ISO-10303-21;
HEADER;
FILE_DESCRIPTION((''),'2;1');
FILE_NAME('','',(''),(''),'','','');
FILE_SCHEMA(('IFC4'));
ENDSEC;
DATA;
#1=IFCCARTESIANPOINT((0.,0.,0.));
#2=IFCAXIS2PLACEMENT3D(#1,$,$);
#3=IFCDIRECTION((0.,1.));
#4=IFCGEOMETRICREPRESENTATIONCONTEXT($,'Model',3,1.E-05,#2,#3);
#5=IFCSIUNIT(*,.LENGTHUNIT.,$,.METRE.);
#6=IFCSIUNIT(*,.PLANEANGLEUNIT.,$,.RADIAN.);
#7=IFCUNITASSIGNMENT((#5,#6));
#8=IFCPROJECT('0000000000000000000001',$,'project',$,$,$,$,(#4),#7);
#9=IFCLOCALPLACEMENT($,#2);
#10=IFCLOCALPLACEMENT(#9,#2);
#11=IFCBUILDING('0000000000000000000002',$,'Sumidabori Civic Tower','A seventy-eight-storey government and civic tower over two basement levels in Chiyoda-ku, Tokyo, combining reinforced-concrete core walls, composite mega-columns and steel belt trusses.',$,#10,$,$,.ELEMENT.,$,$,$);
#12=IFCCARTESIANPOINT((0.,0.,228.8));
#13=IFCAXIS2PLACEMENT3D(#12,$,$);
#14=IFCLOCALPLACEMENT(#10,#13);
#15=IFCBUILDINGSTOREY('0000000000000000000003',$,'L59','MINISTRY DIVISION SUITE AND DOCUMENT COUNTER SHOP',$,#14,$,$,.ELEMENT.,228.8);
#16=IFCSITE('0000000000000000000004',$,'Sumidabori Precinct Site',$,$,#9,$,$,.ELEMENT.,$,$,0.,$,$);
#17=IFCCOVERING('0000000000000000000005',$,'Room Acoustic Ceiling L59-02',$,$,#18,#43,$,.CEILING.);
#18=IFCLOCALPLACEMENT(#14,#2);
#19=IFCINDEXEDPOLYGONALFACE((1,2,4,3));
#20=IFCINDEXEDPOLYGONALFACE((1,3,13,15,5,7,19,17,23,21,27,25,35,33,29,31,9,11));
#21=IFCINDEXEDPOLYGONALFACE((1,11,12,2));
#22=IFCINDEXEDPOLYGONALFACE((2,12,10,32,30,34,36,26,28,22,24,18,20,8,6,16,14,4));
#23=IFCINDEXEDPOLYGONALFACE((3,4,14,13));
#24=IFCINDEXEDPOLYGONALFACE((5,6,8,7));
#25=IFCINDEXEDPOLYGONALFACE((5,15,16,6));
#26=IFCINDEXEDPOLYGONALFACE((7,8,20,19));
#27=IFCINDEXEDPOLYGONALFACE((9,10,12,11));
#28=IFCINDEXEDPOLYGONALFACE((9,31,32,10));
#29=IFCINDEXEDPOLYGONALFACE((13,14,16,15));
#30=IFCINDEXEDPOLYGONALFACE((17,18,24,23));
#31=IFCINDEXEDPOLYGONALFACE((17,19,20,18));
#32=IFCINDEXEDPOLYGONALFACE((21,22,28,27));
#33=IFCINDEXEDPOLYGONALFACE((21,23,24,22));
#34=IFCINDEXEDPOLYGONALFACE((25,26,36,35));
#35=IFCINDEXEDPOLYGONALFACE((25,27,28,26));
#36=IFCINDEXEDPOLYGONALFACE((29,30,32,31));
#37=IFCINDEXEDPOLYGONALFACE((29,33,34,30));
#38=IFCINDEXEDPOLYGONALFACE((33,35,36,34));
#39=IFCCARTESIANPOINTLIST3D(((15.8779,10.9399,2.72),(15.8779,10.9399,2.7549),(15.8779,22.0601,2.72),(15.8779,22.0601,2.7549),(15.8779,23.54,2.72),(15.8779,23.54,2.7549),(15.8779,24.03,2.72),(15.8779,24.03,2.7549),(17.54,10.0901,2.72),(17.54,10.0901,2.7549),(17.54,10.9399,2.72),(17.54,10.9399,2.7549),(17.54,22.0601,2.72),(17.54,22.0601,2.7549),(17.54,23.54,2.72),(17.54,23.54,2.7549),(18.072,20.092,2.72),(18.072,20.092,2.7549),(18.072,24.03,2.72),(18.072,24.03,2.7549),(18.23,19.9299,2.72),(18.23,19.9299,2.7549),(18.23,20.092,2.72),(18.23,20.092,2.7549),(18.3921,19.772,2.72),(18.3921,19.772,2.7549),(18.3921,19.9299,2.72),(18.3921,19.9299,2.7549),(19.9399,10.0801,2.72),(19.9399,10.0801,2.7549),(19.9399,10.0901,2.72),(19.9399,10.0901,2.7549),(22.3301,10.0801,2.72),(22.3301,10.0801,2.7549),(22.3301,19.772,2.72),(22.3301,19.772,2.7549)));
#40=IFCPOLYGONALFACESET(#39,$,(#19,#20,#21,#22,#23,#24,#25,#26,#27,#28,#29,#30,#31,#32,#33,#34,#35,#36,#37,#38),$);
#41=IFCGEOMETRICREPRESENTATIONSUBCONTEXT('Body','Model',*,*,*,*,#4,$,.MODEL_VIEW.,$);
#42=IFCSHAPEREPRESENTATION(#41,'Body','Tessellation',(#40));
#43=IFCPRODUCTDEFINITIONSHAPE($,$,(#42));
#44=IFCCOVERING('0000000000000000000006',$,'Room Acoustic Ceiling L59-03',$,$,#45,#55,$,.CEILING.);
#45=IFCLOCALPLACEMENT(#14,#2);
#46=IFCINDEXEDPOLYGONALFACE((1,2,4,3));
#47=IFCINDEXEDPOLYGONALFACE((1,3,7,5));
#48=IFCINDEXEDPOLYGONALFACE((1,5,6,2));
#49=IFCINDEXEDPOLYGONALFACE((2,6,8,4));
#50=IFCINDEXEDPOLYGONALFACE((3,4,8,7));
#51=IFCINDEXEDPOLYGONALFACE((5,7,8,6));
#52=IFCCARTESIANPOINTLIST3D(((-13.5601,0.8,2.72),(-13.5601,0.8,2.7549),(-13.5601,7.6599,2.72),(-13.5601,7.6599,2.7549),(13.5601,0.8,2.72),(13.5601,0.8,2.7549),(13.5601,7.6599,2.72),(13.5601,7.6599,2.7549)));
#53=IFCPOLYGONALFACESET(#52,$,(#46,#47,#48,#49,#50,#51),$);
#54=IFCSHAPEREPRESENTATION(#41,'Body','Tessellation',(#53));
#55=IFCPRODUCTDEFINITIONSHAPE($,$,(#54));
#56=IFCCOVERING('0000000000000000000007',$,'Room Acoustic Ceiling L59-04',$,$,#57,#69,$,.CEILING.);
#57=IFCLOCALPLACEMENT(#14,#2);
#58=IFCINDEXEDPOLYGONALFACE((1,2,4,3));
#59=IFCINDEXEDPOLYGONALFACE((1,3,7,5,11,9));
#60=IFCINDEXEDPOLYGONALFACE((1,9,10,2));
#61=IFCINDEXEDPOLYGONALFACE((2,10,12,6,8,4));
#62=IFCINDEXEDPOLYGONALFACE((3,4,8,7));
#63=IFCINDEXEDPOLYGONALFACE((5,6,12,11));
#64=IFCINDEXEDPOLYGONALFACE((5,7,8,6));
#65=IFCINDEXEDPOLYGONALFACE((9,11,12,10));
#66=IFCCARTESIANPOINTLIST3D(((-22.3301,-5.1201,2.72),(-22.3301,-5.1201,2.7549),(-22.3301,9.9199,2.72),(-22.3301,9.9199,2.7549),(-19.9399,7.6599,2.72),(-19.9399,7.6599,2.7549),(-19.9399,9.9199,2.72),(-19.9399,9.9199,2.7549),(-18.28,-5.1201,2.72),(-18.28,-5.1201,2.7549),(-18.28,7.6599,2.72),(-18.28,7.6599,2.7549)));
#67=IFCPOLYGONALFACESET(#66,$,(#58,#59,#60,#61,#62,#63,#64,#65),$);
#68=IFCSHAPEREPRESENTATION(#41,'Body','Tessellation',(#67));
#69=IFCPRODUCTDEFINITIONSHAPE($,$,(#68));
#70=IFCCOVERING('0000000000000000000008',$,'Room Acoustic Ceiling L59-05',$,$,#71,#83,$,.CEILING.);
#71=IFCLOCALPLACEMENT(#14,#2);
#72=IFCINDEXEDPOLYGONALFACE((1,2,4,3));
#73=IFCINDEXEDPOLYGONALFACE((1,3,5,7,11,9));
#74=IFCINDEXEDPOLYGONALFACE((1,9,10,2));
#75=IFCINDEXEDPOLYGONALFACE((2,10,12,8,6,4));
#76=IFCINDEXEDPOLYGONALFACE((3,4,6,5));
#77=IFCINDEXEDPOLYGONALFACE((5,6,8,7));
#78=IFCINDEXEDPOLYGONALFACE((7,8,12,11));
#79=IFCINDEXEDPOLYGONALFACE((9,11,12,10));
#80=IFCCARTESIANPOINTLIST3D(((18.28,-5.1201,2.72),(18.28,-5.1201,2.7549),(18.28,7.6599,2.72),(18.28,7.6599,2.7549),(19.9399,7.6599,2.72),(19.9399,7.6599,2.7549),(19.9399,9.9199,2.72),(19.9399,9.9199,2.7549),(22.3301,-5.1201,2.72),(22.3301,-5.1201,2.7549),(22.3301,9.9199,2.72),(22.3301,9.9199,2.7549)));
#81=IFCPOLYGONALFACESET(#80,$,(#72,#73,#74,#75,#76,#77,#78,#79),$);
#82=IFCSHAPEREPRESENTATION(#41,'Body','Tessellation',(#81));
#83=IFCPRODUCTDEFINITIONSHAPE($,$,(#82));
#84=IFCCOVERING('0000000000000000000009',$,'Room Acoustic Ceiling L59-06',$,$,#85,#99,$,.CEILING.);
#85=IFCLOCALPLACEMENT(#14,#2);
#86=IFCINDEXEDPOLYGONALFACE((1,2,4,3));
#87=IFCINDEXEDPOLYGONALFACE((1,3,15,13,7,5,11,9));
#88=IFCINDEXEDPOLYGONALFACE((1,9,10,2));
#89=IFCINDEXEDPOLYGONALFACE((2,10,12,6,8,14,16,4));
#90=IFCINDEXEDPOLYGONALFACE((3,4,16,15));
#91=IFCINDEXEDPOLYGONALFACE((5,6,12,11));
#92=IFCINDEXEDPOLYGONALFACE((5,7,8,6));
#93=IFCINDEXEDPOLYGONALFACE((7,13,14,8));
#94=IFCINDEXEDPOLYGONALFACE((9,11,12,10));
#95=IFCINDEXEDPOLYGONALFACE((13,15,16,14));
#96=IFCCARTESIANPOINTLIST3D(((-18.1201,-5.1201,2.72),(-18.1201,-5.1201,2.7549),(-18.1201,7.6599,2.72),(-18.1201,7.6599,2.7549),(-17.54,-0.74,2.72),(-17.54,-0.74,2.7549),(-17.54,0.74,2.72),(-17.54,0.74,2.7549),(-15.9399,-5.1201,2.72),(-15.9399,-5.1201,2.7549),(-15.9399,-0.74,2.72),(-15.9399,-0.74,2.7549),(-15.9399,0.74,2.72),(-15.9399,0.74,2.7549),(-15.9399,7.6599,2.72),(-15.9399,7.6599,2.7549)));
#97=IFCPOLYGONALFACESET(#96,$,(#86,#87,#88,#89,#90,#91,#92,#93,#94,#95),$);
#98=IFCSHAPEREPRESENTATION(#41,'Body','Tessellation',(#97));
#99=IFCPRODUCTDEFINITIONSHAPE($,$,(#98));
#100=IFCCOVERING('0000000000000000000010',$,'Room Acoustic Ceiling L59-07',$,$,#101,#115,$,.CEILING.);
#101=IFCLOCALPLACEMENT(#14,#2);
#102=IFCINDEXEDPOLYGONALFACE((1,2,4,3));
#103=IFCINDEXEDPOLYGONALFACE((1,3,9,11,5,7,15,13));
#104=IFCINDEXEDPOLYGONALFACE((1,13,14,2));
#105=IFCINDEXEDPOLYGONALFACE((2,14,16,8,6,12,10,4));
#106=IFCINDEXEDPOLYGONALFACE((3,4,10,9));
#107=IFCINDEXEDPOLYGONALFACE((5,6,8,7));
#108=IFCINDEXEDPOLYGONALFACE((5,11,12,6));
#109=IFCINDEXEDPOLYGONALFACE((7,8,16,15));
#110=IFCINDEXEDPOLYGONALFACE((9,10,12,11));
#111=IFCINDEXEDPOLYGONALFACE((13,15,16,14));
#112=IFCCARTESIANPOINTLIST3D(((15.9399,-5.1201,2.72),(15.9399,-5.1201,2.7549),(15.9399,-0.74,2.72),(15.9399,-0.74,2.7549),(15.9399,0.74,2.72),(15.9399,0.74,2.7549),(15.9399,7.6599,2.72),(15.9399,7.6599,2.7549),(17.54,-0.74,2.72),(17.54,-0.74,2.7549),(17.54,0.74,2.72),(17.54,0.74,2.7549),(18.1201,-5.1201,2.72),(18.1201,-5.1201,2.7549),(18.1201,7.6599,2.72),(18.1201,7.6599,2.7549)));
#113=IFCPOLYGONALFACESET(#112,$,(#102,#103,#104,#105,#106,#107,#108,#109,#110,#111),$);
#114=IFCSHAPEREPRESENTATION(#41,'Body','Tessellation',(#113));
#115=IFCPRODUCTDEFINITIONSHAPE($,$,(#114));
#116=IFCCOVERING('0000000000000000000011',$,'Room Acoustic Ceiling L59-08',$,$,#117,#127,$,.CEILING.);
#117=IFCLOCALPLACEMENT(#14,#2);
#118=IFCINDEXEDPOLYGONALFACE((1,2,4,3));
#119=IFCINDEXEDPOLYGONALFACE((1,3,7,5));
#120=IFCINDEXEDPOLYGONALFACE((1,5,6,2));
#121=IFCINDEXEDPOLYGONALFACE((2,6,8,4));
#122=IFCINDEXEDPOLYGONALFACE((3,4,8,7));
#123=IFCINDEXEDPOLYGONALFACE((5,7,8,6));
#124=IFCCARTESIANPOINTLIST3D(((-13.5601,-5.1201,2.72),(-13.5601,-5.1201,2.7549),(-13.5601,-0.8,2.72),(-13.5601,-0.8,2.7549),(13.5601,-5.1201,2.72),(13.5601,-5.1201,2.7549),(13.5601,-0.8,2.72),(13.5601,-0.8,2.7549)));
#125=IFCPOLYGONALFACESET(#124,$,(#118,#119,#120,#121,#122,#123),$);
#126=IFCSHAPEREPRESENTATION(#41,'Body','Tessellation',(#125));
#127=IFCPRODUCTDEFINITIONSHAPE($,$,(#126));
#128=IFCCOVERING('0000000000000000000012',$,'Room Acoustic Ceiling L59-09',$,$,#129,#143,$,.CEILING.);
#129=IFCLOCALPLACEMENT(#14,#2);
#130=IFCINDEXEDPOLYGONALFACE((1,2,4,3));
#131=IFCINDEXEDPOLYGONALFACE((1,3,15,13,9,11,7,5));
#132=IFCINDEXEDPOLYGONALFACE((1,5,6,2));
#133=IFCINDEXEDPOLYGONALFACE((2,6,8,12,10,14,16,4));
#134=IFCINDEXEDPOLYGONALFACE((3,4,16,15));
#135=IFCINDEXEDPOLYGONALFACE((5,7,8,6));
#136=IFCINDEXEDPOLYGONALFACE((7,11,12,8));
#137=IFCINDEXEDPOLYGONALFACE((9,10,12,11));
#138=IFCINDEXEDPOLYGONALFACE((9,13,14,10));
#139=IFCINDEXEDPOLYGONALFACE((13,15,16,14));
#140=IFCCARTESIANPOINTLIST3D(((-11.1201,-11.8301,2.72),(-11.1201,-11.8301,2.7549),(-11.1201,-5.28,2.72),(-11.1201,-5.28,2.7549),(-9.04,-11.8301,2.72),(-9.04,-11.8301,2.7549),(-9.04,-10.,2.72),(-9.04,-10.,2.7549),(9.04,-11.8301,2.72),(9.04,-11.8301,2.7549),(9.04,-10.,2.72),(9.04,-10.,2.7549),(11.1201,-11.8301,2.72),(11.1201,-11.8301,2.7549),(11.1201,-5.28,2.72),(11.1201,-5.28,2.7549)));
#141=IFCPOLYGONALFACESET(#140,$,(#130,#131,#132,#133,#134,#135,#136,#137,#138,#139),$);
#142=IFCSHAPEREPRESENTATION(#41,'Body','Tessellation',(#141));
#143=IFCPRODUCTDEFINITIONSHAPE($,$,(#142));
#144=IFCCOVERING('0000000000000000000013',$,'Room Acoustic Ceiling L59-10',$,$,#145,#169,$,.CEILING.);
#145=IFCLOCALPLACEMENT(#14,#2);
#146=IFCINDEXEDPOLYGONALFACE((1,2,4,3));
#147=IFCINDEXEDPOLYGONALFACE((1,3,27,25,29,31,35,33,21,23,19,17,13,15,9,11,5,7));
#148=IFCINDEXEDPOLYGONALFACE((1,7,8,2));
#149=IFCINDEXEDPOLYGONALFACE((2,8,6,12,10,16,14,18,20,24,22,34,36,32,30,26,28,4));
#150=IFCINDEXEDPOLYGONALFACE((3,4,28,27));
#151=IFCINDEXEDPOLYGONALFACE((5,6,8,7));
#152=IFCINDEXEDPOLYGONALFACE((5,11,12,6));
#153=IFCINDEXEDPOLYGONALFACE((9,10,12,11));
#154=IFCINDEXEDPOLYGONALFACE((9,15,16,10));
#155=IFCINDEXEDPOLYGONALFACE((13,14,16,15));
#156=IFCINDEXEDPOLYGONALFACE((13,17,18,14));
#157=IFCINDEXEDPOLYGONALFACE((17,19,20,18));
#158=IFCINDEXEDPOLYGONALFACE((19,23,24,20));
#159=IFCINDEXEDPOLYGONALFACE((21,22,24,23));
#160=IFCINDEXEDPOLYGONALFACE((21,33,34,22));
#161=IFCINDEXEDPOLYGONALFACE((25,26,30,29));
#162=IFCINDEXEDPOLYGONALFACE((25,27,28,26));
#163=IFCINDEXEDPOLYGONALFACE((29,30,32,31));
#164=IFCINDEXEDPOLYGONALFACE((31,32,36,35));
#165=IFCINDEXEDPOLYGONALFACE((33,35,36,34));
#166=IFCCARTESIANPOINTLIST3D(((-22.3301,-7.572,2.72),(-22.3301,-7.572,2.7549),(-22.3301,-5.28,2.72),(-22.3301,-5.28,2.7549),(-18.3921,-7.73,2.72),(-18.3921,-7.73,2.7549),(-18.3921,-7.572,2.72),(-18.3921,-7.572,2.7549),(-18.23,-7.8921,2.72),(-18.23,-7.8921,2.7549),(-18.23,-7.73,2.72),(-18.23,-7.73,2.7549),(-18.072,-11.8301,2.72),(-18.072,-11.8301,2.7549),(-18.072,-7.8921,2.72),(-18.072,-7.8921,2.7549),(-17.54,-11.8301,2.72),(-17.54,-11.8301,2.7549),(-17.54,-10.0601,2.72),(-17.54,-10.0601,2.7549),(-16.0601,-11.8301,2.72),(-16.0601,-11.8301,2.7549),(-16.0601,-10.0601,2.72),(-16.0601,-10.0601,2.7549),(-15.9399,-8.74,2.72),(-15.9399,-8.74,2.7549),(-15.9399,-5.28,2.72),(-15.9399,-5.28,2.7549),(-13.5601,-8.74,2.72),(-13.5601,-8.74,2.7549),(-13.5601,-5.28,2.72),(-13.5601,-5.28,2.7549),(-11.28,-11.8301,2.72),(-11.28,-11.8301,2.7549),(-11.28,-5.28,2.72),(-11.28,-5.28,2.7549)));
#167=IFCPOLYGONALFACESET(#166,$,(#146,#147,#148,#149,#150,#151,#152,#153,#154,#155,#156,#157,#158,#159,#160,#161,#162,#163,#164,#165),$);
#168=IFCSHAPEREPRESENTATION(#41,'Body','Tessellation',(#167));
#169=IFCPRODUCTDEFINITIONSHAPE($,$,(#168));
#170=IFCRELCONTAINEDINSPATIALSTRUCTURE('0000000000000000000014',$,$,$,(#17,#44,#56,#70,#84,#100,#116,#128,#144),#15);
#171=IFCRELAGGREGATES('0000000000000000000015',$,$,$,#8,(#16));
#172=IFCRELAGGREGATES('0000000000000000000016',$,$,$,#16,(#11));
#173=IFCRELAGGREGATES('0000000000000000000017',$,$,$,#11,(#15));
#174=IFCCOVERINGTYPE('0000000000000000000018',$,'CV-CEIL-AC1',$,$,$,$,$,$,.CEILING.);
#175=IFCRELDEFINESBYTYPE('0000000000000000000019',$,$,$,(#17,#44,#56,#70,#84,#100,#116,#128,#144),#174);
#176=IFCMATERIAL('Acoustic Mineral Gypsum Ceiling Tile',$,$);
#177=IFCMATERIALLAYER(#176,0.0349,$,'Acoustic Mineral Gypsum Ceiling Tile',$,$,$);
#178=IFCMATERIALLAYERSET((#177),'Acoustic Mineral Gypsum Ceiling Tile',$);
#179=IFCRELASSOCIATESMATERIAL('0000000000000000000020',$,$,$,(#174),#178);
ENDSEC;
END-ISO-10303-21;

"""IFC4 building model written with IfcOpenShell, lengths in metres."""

from ifc_helpers import new_model, si_unit, direction, frame, origin, place, context, subcontext, project, spatial, polyline, outline, extrude, material, layer, layer_set, type_object, element, save


model = new_model("IFC4")

# Units and contexts
model_context = context("Model", 3, precision=1e-05, world=origin(), true_north=direction((0.0, 1.0)))
body_context = subcontext(model_context, "Body", "Model", "MODEL_VIEW")
ifc_project = project(units=[si_unit("LENGTHUNIT", "METRE"), si_unit("PLANEANGLEUNIT", "RADIAN")], contexts=[model_context])

# Site, building, storey
site_placement = place(None, origin())
site = spatial("IfcSite", under=ifc_project, at=site_placement, Name="Sumidabori Precinct Site", CompositionType="ELEMENT", RefElevation=0.0)
building_placement = place(site_placement, origin())
building = spatial("IfcBuilding", under=site, at=building_placement, Name="Sumidabori Civic Tower", Description="A seventy-eight-storey government and civic tower over two basement levels in Chiyoda-ku, Tokyo, combining reinforced-concrete core walls, composite mega-columns and steel belt trusses.", CompositionType="ELEMENT")
storey_placement = place(building_placement, frame((0.0, 0.0, 228.8)))
storey = spatial("IfcBuildingStorey", under=building, at=storey_placement, Name="L59", Description="MINISTRY DIVISION SUITE AND DOCUMENT COUNTER SHOP", CompositionType="ELEMENT", Elevation=228.8)

# Coverings
ifc_material_1 = material(Name="Acoustic Mineral Gypsum Ceiling Tile")
ifc_layer_1 = layer(ifc_material_1, 0.0349, Name="Acoustic Mineral Gypsum Ceiling Tile")
ifc_layer_set_1 = layer_set([ifc_layer_1], Name="Acoustic Mineral Gypsum Ceiling Tile")
covering_type_1 = type_object("IfcCoveringType", Name="CV-CEIL-AC1", PredefinedType="CEILING", material=ifc_layer_set_1)
covering_1_placement = place(storey_placement, frame((0.0, 0.0, 2.72)))
element("IfcCovering", 1, at=covering_1_placement, inside=storey, type_object=covering_type_1, Name="Room Acoustic Ceiling L59-02", PredefinedType="CEILING", context=body_context, shape_type="SweptSolid", body=[
    extrude(outline(polyline([(17.54, 22.0601), (17.54, 23.54), (15.8779, 23.54), (15.8779, 24.03), (18.072, 24.03), (18.072, 20.092), (18.23, 20.092), (18.23, 19.9299), (18.3921, 19.9299), (18.3921, 19.772), (22.3301, 19.772), (22.3301, 10.0801), (19.9399, 10.0801), (19.9399, 10.0901), (17.54, 10.0901), (17.54, 10.9399), (15.8779, 10.9399), (15.8779, 22.0601), (17.54, 22.0601)])), origin(), (0.0, 0.0, 1.0), 0.0349),
])
covering_2_placement = place(storey_placement, frame((0.0, 0.0, 2.72)))
element("IfcCovering", 2, at=covering_2_placement, inside=storey, type_object=covering_type_1, Name="Room Acoustic Ceiling L59-03", PredefinedType="CEILING", context=body_context, shape_type="SweptSolid", body=[
    extrude(outline(polyline([(-13.5601, 7.6599), (13.5601, 7.6599), (13.5601, 0.8), (-13.5601, 0.8), (-13.5601, 7.6599)])), origin(), (0.0, 0.0, 1.0), 0.0349),
])
covering_3_placement = place(storey_placement, frame((0.0, 0.0, 2.72)))
element("IfcCovering", 3, at=covering_3_placement, inside=storey, type_object=covering_type_1, Name="Room Acoustic Ceiling L59-04", PredefinedType="CEILING", context=body_context, shape_type="SweptSolid", body=[
    extrude(outline(polyline([(-22.3301, -5.1201), (-22.3301, 9.9199), (-19.9399, 9.9199), (-19.9399, 7.6599), (-18.28, 7.6599), (-18.28, -5.1201), (-22.3301, -5.1201)])), origin(), (0.0, 0.0, 1.0), 0.0349),
])
covering_4_placement = place(storey_placement, frame((0.0, 0.0, 2.72)))
element("IfcCovering", 4, at=covering_4_placement, inside=storey, type_object=covering_type_1, Name="Room Acoustic Ceiling L59-05", PredefinedType="CEILING", context=body_context, shape_type="SweptSolid", body=[
    extrude(outline(polyline([(18.28, 7.6599), (19.9399, 7.6599), (19.9399, 9.9199), (22.3301, 9.9199), (22.3301, -5.1201), (18.28, -5.1201), (18.28, 7.6599)])), origin(), (0.0, 0.0, 1.0), 0.0349),
])
covering_5_placement = place(storey_placement, frame((0.0, 0.0, 2.72)))
element("IfcCovering", 5, at=covering_5_placement, inside=storey, type_object=covering_type_1, Name="Room Acoustic Ceiling L59-06", PredefinedType="CEILING", context=body_context, shape_type="SweptSolid", body=[
    extrude(outline(polyline([(-18.1201, 7.6599), (-15.9399, 7.6599), (-15.9399, 0.74), (-17.54, 0.74), (-17.54, -0.74), (-15.9399, -0.74), (-15.9399, -5.1201), (-18.1201, -5.1201), (-18.1201, 7.6599)])), origin(), (0.0, 0.0, 1.0), 0.0349),
])
covering_6_placement = place(storey_placement, frame((0.0, 0.0, 2.72)))
element("IfcCovering", 6, at=covering_6_placement, inside=storey, type_object=covering_type_1, Name="Room Acoustic Ceiling L59-07", PredefinedType="CEILING", context=body_context, shape_type="SweptSolid", body=[
    extrude(outline(polyline([(15.9399, -0.74), (17.54, -0.74), (17.54, 0.74), (15.9399, 0.74), (15.9399, 7.6599), (18.1201, 7.6599), (18.1201, -5.1201), (15.9399, -5.1201), (15.9399, -0.74)])), origin(), (0.0, 0.0, 1.0), 0.0349),
])
covering_7_placement = place(storey_placement, frame((0.0, 0.0, 2.72)))
element("IfcCovering", 7, at=covering_7_placement, inside=storey, type_object=covering_type_1, Name="Room Acoustic Ceiling L59-08", PredefinedType="CEILING", context=body_context, shape_type="SweptSolid", body=[
    extrude(outline(polyline([(-13.5601, -0.8), (13.5601, -0.8), (13.5601, -5.1201), (-13.5601, -5.1201), (-13.5601, -0.8)])), origin(), (0.0, 0.0, 1.0), 0.0349),
])
covering_8_placement = place(storey_placement, frame((0.0, 0.0, 2.72)))
element("IfcCovering", 8, at=covering_8_placement, inside=storey, type_object=covering_type_1, Name="Room Acoustic Ceiling L59-09", PredefinedType="CEILING", context=body_context, shape_type="SweptSolid", body=[
    extrude(outline(polyline([(11.1201, -11.8301), (9.04, -11.8301), (9.04, -10.0), (-9.04, -10.0), (-9.04, -11.8301), (-11.1201, -11.8301), (-11.1201, -5.28), (11.1201, -5.28), (11.1201, -11.8301)])), origin(), (0.0, 0.0, 1.0), 0.0349),
])
covering_9_placement = place(storey_placement, frame((0.0, 0.0, 2.72)))
element("IfcCovering", 9, at=covering_9_placement, inside=storey, type_object=covering_type_1, Name="Room Acoustic Ceiling L59-10", PredefinedType="CEILING", context=body_context, shape_type="SweptSolid", body=[
    extrude(outline(polyline([(-22.3301, -7.572), (-22.3301, -5.28), (-15.9399, -5.28), (-15.9399, -8.74), (-13.5601, -8.74), (-13.5601, -5.28), (-11.28, -5.28), (-11.28, -11.8301), (-16.0601, -11.8301), (-16.0601, -10.0601), (-17.54, -10.0601), (-17.54, -11.8301), (-18.072, -11.8301), (-18.072, -7.8921), (-18.23, -7.8921), (-18.23, -7.73), (-18.3921, -7.73), (-18.3921, -7.572), (-22.3301, -7.572)])), origin(), (0.0, 0.0, 1.0), 0.0349),
])

save(model, "model.ifc")
